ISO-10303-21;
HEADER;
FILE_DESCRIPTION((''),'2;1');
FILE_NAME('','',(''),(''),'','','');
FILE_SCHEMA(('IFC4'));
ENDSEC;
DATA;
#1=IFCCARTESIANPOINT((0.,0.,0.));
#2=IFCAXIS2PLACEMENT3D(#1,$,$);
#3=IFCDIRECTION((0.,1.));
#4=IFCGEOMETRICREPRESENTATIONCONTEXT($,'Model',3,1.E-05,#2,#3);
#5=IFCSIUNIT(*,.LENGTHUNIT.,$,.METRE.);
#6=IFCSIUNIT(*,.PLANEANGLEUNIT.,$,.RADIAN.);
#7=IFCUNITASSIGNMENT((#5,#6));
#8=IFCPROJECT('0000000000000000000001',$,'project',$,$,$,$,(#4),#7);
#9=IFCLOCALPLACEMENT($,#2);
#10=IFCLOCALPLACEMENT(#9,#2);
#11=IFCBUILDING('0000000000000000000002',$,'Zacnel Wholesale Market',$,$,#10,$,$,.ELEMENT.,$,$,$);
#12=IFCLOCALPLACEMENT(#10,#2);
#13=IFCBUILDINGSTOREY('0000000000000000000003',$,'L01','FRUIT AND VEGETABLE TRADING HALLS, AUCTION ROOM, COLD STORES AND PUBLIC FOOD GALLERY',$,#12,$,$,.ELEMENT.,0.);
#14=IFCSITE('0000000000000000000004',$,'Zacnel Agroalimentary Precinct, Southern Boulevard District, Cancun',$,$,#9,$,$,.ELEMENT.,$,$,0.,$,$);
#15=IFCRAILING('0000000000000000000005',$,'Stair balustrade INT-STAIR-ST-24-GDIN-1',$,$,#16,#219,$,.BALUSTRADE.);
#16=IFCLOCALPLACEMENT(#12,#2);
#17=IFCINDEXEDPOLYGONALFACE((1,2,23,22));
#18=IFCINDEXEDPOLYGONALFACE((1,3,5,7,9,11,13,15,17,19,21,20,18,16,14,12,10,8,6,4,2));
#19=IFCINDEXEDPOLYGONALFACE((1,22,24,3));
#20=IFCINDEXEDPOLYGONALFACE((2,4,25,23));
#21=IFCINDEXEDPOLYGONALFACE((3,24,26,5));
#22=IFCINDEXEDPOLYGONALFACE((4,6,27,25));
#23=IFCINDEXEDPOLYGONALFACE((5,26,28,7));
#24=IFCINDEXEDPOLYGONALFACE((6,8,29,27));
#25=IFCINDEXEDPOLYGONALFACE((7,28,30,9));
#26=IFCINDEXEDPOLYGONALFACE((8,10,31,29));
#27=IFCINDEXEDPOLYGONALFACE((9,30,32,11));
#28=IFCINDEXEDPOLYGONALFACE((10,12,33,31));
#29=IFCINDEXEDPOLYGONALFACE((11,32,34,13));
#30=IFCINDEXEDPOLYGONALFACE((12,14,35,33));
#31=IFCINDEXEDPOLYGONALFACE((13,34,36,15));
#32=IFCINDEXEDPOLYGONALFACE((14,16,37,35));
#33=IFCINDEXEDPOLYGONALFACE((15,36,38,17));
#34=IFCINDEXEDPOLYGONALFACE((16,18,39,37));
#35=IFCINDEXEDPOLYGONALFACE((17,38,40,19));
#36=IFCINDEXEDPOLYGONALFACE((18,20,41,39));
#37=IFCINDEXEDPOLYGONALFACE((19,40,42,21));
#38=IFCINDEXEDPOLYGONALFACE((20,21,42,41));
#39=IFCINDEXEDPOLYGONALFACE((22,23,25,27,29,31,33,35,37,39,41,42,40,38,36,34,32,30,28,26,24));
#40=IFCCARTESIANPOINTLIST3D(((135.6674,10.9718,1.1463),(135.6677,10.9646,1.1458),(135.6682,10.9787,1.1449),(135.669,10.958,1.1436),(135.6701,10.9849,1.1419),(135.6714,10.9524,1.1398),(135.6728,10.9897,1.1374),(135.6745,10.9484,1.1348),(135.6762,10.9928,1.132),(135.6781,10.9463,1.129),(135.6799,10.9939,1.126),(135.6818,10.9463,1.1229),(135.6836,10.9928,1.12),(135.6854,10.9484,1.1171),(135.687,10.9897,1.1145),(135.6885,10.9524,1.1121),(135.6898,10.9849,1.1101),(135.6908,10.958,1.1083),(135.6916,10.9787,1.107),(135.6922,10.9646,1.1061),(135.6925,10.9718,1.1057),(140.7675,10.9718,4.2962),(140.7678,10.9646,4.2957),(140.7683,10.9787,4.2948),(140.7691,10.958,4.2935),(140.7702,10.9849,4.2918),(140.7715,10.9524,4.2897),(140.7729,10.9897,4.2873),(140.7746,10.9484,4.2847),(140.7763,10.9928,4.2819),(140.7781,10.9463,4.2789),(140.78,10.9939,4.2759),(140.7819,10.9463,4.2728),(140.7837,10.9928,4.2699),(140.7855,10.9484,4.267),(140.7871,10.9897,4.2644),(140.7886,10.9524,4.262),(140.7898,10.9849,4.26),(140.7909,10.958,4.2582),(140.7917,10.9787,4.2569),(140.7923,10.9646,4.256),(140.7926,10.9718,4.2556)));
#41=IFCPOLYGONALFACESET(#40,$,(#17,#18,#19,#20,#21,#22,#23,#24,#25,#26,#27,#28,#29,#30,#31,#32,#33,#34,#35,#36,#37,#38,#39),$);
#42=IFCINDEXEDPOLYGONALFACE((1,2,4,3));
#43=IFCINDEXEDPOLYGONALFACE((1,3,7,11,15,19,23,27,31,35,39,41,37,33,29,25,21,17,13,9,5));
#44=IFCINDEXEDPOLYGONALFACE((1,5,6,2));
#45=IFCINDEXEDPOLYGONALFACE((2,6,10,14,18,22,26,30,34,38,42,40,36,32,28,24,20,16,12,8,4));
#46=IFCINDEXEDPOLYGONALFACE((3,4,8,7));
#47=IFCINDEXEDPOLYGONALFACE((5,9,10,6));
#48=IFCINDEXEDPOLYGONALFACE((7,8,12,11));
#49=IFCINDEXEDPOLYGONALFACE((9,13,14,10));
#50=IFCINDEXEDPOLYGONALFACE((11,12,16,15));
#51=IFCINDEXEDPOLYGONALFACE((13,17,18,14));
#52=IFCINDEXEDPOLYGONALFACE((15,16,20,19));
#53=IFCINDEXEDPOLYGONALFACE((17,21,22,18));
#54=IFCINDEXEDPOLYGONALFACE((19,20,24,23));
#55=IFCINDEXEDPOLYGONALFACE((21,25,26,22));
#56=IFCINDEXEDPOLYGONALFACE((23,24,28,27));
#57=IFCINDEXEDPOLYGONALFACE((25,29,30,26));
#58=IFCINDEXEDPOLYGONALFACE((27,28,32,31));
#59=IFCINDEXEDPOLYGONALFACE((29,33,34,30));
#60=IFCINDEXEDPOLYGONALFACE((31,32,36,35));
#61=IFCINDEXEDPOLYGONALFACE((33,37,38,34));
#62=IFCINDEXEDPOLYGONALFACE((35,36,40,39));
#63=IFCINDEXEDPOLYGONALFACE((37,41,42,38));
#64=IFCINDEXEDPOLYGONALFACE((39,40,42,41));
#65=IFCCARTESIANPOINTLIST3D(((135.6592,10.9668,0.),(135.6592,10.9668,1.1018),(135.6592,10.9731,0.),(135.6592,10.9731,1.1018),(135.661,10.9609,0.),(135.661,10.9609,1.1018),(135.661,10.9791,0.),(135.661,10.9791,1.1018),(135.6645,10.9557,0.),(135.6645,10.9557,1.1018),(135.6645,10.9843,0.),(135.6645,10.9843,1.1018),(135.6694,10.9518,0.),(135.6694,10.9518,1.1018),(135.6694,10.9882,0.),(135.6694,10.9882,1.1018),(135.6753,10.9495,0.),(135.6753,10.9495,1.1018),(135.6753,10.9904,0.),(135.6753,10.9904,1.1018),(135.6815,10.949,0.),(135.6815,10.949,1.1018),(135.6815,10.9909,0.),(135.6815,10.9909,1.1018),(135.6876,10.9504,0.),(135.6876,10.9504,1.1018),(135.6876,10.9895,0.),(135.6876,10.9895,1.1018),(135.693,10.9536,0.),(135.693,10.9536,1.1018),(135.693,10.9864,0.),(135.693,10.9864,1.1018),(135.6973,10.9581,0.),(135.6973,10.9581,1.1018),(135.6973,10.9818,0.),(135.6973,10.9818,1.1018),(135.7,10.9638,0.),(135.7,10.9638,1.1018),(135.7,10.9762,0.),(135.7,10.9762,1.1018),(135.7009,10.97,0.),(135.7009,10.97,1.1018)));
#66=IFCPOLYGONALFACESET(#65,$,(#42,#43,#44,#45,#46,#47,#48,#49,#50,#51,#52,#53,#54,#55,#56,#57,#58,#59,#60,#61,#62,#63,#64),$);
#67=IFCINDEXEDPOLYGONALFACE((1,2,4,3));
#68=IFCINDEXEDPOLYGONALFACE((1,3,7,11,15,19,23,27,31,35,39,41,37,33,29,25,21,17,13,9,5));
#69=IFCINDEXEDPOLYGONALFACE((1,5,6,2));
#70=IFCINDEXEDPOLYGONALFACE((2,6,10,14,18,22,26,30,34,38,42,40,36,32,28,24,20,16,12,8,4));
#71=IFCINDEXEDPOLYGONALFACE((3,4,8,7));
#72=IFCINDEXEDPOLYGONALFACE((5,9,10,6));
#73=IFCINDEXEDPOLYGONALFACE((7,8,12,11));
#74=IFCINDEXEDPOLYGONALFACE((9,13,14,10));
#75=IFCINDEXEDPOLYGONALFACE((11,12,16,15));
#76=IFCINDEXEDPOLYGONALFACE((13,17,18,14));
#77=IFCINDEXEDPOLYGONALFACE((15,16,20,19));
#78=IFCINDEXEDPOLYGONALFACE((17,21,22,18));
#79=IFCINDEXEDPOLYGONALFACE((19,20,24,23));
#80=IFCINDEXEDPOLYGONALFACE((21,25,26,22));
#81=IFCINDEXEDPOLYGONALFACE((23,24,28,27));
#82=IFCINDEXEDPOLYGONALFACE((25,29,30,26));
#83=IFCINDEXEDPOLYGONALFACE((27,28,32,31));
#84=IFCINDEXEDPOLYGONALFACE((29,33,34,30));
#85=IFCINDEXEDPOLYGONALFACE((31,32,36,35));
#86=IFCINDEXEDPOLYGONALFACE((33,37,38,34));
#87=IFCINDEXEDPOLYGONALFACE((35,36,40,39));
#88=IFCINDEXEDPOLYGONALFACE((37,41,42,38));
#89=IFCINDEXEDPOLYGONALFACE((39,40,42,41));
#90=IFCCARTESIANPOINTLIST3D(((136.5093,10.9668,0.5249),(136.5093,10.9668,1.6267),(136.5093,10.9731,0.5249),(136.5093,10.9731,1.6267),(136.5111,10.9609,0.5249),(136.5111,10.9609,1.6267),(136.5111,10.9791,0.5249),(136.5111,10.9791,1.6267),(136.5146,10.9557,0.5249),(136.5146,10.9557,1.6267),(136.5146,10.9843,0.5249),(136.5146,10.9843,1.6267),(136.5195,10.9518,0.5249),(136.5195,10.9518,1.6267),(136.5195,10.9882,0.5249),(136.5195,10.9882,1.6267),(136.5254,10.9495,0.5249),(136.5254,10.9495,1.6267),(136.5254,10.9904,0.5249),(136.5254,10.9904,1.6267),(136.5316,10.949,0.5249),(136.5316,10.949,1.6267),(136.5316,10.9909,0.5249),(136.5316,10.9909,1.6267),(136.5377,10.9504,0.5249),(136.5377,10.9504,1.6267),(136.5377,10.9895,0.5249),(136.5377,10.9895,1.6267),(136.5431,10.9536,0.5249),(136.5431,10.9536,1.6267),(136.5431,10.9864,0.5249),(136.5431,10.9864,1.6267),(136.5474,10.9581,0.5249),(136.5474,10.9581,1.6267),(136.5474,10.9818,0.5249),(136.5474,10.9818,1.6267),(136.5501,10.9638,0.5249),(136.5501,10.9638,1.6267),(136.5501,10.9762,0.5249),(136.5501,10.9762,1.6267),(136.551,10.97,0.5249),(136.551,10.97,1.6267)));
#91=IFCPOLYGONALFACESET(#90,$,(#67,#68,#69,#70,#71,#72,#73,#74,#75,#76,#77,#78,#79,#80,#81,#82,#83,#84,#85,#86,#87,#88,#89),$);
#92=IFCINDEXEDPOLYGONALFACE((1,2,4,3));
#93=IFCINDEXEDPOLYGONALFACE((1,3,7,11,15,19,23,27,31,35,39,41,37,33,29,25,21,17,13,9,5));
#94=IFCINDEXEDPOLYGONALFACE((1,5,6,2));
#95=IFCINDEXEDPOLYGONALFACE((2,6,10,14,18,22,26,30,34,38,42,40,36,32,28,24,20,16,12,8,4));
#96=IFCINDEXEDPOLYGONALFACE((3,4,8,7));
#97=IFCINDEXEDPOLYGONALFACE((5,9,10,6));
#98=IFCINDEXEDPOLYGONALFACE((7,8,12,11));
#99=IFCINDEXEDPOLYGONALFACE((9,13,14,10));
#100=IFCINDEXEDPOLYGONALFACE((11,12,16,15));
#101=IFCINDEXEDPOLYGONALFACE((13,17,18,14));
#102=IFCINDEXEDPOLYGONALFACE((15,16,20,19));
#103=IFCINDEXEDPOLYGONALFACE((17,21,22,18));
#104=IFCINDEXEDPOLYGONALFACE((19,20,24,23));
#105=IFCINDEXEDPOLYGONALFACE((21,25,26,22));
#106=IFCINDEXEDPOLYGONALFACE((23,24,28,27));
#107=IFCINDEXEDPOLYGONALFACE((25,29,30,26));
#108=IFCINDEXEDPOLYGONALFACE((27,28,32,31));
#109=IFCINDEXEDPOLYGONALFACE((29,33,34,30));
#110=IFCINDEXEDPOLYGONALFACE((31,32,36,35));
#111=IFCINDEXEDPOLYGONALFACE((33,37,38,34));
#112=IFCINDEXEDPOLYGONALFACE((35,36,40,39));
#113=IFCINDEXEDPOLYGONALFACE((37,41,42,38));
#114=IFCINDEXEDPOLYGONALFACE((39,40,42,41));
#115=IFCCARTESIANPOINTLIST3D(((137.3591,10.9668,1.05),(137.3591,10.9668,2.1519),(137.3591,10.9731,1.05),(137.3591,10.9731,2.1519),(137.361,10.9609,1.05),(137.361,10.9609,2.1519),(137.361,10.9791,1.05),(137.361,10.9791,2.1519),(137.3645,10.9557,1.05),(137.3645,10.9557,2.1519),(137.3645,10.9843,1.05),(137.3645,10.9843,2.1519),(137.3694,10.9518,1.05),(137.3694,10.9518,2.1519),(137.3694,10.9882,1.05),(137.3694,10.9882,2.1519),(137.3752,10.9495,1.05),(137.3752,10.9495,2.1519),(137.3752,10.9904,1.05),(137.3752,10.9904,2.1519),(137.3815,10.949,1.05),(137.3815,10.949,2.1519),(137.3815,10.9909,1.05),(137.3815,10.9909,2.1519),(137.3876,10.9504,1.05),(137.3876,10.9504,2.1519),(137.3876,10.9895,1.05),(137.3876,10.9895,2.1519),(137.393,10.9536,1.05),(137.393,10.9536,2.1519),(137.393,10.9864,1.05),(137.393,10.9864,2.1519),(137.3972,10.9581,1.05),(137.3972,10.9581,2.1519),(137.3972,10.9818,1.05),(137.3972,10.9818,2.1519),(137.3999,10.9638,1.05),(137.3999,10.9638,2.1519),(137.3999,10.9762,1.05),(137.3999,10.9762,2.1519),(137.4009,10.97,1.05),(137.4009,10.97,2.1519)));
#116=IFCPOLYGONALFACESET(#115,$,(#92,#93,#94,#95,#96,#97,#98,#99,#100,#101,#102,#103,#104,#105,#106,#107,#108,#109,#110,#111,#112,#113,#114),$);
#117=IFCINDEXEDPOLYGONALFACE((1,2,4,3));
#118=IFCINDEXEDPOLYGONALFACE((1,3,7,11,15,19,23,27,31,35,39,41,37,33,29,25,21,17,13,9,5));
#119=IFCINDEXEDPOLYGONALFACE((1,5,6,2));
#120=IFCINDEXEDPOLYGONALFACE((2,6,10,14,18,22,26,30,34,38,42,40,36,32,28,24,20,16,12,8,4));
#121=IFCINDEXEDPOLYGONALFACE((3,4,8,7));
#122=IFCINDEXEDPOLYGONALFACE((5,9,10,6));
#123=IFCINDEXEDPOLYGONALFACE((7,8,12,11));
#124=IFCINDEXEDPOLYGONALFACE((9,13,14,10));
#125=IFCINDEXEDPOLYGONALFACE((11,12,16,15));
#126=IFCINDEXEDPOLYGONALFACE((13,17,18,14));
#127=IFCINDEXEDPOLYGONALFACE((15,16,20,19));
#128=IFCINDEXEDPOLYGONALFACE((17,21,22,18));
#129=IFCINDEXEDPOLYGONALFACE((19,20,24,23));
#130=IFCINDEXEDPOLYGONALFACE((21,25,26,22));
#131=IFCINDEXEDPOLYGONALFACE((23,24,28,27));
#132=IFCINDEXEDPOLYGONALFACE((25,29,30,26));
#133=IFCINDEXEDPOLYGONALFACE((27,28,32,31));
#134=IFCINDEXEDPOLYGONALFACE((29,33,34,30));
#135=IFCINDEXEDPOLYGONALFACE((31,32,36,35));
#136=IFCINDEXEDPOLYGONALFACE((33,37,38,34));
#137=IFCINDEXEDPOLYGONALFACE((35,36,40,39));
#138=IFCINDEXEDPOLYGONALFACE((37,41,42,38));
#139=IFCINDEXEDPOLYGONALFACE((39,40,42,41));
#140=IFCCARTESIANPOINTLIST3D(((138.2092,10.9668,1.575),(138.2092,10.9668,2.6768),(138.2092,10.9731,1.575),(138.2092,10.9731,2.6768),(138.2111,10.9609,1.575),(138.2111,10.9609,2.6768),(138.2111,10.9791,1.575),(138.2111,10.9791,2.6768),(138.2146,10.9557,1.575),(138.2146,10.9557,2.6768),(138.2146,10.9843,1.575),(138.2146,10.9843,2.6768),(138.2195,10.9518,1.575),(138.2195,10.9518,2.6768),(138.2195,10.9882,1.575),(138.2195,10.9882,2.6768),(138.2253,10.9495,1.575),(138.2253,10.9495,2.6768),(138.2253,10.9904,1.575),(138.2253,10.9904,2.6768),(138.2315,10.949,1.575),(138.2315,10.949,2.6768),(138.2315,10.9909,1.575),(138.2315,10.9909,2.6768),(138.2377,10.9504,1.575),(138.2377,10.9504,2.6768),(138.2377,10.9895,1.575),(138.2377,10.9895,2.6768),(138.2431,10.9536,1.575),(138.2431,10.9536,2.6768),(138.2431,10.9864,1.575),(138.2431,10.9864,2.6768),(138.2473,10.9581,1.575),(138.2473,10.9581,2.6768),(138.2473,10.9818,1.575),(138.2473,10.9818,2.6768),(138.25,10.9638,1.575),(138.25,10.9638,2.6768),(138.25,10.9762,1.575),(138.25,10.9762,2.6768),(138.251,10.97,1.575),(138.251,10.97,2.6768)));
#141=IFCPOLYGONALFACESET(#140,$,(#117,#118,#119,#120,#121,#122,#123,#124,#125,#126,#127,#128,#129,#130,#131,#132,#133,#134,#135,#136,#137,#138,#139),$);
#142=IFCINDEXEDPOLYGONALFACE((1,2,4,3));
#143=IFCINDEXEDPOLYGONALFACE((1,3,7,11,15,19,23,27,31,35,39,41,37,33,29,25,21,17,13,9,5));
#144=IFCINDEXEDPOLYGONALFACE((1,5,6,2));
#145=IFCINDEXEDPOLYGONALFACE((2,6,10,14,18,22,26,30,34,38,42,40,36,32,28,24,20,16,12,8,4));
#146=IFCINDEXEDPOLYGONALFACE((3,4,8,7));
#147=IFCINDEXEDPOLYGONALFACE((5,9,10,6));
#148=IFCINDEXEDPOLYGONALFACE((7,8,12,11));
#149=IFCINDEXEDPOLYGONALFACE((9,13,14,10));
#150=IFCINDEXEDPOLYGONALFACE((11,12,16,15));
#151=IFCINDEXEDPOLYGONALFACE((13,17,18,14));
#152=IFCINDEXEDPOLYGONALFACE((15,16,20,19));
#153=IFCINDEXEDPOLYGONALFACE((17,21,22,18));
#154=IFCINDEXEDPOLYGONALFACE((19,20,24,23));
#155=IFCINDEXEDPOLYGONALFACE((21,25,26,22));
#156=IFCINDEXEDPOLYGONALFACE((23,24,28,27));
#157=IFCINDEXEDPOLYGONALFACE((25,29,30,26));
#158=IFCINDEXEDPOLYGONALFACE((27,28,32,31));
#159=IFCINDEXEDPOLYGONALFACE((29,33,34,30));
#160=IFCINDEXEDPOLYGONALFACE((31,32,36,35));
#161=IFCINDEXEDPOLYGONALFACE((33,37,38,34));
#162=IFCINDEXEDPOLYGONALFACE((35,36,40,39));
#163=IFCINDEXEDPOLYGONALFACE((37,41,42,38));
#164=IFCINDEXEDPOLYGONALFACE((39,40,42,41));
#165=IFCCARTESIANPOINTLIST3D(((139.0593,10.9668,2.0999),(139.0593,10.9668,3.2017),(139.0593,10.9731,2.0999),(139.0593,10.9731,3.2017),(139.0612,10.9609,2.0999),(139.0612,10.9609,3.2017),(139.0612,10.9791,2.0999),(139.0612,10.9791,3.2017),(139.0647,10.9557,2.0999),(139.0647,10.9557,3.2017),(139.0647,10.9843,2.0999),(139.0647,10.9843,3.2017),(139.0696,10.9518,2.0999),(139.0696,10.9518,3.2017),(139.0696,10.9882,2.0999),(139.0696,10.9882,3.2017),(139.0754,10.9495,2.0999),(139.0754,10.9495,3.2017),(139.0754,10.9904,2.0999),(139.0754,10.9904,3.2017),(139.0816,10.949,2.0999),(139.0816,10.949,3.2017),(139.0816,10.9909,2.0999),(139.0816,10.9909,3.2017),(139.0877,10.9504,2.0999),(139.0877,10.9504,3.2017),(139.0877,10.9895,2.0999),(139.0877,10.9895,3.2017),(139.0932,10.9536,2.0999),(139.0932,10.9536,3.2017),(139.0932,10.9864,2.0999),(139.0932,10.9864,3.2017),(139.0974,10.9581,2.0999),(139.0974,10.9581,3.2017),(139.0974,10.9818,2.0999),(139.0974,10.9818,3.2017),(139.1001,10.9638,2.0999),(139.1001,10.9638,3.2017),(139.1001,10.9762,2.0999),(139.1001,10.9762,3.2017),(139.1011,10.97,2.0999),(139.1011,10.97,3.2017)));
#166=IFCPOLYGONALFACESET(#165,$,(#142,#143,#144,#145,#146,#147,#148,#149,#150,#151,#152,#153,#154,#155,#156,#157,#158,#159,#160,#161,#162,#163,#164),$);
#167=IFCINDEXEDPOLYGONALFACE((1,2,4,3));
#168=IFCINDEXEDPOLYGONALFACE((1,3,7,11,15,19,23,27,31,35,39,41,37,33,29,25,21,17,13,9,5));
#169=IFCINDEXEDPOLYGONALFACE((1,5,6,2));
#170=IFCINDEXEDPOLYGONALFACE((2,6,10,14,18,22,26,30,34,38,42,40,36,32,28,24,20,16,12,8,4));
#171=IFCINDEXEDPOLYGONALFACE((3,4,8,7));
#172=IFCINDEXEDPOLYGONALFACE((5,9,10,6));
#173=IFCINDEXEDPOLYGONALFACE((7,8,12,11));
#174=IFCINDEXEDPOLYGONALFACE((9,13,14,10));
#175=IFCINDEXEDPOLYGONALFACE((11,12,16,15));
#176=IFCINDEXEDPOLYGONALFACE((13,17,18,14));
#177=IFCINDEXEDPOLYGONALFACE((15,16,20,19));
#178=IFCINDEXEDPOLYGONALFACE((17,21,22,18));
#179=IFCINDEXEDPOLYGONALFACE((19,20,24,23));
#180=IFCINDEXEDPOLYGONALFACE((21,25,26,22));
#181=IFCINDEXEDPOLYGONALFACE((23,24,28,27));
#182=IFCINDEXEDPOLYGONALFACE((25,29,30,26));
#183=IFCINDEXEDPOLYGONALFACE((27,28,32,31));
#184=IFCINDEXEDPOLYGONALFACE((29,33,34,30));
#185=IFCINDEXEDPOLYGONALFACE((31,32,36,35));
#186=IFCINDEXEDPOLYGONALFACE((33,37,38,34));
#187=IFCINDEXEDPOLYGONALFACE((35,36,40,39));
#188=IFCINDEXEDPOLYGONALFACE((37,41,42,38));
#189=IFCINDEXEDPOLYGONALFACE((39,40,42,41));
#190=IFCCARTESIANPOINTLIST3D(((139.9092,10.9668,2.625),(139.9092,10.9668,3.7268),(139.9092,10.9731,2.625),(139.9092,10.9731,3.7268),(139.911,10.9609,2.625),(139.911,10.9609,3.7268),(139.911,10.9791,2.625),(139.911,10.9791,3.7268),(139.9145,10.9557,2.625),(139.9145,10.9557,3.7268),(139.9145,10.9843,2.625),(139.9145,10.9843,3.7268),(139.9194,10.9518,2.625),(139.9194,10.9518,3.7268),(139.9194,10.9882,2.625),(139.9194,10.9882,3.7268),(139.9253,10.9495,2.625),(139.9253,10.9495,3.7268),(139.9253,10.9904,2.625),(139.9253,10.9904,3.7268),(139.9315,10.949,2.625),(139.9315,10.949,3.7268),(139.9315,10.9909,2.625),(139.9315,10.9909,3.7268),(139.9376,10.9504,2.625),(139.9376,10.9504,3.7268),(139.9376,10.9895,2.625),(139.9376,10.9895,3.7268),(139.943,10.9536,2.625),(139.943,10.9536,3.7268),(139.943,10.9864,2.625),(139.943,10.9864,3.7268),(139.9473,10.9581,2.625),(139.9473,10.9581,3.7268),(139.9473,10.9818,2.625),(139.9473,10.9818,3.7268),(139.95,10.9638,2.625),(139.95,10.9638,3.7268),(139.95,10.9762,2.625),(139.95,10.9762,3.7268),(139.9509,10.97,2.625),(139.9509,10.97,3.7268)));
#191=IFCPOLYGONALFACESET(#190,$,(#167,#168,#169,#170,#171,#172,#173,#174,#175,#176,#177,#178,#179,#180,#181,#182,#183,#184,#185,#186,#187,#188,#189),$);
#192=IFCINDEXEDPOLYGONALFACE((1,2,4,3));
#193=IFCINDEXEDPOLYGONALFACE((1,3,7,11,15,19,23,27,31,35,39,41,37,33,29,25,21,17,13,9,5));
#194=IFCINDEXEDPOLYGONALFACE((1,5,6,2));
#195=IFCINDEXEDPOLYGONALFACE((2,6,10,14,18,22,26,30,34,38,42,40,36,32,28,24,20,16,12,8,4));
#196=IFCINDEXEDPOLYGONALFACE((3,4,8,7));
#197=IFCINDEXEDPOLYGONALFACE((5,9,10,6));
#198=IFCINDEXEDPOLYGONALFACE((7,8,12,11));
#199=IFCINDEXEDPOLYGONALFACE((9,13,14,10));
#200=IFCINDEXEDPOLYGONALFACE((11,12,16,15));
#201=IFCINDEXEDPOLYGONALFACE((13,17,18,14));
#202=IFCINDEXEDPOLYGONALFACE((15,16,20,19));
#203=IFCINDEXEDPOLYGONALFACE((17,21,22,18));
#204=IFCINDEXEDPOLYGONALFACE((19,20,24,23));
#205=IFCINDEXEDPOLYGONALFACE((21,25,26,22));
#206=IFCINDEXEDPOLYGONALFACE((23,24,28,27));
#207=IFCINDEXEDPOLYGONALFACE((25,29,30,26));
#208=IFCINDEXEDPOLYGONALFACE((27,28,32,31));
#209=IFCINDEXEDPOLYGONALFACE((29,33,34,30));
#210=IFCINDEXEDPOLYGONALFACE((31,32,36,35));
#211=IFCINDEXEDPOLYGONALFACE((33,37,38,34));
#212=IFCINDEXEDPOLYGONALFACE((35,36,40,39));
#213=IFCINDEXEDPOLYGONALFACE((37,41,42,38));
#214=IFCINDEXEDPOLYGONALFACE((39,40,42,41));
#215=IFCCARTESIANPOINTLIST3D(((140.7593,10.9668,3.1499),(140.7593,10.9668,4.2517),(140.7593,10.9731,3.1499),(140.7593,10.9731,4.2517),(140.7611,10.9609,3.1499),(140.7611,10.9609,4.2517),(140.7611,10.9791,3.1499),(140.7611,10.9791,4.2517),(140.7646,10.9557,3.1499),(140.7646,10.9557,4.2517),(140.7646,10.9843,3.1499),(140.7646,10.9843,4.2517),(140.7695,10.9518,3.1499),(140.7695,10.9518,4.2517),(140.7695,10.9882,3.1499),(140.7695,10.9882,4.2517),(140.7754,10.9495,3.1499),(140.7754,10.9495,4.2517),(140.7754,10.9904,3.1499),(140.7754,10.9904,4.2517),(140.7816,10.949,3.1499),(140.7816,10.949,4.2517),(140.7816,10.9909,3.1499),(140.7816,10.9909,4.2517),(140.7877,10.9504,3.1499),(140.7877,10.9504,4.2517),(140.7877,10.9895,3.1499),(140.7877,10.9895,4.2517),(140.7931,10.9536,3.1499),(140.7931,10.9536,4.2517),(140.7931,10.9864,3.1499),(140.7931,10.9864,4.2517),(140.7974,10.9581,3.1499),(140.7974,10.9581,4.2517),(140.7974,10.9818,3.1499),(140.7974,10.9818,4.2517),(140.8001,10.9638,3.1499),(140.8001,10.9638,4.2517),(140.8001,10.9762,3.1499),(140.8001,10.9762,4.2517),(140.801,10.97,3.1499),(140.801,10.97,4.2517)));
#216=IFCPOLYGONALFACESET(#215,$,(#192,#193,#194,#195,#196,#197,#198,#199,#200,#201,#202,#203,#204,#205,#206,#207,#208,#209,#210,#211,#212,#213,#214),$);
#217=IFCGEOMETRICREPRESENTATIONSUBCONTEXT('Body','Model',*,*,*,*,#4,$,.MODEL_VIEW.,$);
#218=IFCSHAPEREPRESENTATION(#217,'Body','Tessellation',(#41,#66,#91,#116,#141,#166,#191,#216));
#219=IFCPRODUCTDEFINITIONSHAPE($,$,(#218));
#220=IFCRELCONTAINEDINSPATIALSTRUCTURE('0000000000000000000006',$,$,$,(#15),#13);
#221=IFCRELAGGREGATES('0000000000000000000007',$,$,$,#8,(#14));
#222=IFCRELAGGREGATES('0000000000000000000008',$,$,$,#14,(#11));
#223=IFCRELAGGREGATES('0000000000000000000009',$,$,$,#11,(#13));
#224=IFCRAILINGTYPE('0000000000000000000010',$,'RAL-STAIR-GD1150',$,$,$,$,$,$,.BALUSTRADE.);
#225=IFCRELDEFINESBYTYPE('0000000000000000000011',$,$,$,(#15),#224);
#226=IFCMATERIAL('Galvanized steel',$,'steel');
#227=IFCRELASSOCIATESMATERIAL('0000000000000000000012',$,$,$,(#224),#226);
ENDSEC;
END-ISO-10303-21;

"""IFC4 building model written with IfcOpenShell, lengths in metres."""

from ifc_helpers import new_model, si_unit, direction, frame, origin, origin_2d, place, context, subcontext, project, spatial, circle, extrude, material, type_object, element, save


model = new_model("IFC4")

# Units and contexts
model_context = context("Model", 3, precision=1e-05, world=origin(), true_north=direction((0.0, 1.0)))
body_context = subcontext(model_context, "Body", "Model", "MODEL_VIEW")
ifc_project = project(units=[si_unit("LENGTHUNIT", "METRE"), si_unit("PLANEANGLEUNIT", "RADIAN")], contexts=[model_context])

# Site, building, storey
site_placement = place(None, origin())
site = spatial("IfcSite", under=ifc_project, at=site_placement, Name="Zacnel Agroalimentary Precinct, Southern Boulevard District, Cancun", CompositionType="ELEMENT", RefElevation=0.0)
building_placement = place(site_placement, origin())
building = spatial("IfcBuilding", under=site, at=building_placement, Name="Zacnel Wholesale Market", CompositionType="ELEMENT")
storey_placement = place(building_placement, origin())
storey = spatial("IfcBuildingStorey", under=building, at=storey_placement, Name="L01", Description="FRUIT AND VEGETABLE TRADING HALLS, AUCTION ROOM, COLD STORES AND PUBLIC FOOD GALLERY", CompositionType="ELEMENT", Elevation=0.0)

# Railing
ifc_material_1 = material(Name="Galvanized steel", Category="steel")
railing_type_1 = type_object("IfcRailingType", Name="RAL-STAIR-GD1150", PredefinedType="BALUSTRADE", material=ifc_material_1)
railing_1_placement = place(storey_placement, frame((135.6799, 10.97, 0.0)))
element("IfcRailing", 1, at=railing_1_placement, inside=storey, type_object=railing_type_1, Name="Stair balustrade INT-STAIR-ST-24-GDIN-1", PredefinedType="BALUSTRADE", context=body_context, shape_type="SweptSolid", body=[
    extrude(circle(Radius=0.0239, at=origin_2d()), frame((0.0, 0.0, 1.126), z_axis=(0.85081, 0.0, 0.525474), x_axis=(0.0, 1.0, 0.0)), (0.0, 0.0, 1.0), 5.9944),
    extrude(circle(Radius=0.021, at=origin_2d()), origin(), (0.0, 0.0, 1.0), 1.1018),
    extrude(circle(Radius=0.021, at=origin_2d()), frame((0.8501, 0.0, 0.5249)), (0.0, 0.0, 1.0), 1.1018),
    extrude(circle(Radius=0.021, at=origin_2d()), frame((1.7, 0.0, 1.05)), (0.0, 0.0, 1.0), 1.1018),
    extrude(circle(Radius=0.021, at=origin_2d()), frame((2.55, 0.0, 1.575)), (0.0, 0.0, 1.0), 1.1018),
    extrude(circle(Radius=0.021, at=origin_2d()), frame((3.4001, 0.0, 2.0999)), (0.0, 0.0, 1.0), 1.1018),
    extrude(circle(Radius=0.021, at=origin_2d()), frame((4.25, 0.0, 2.625)), (0.0, 0.0, 1.0), 1.1018),
    extrude(circle(Radius=0.021, at=origin_2d()), frame((5.1001, 0.0, 3.1499)), (0.0, 0.0, 1.0), 1.1018),
])

save(model, "model.ifc")
